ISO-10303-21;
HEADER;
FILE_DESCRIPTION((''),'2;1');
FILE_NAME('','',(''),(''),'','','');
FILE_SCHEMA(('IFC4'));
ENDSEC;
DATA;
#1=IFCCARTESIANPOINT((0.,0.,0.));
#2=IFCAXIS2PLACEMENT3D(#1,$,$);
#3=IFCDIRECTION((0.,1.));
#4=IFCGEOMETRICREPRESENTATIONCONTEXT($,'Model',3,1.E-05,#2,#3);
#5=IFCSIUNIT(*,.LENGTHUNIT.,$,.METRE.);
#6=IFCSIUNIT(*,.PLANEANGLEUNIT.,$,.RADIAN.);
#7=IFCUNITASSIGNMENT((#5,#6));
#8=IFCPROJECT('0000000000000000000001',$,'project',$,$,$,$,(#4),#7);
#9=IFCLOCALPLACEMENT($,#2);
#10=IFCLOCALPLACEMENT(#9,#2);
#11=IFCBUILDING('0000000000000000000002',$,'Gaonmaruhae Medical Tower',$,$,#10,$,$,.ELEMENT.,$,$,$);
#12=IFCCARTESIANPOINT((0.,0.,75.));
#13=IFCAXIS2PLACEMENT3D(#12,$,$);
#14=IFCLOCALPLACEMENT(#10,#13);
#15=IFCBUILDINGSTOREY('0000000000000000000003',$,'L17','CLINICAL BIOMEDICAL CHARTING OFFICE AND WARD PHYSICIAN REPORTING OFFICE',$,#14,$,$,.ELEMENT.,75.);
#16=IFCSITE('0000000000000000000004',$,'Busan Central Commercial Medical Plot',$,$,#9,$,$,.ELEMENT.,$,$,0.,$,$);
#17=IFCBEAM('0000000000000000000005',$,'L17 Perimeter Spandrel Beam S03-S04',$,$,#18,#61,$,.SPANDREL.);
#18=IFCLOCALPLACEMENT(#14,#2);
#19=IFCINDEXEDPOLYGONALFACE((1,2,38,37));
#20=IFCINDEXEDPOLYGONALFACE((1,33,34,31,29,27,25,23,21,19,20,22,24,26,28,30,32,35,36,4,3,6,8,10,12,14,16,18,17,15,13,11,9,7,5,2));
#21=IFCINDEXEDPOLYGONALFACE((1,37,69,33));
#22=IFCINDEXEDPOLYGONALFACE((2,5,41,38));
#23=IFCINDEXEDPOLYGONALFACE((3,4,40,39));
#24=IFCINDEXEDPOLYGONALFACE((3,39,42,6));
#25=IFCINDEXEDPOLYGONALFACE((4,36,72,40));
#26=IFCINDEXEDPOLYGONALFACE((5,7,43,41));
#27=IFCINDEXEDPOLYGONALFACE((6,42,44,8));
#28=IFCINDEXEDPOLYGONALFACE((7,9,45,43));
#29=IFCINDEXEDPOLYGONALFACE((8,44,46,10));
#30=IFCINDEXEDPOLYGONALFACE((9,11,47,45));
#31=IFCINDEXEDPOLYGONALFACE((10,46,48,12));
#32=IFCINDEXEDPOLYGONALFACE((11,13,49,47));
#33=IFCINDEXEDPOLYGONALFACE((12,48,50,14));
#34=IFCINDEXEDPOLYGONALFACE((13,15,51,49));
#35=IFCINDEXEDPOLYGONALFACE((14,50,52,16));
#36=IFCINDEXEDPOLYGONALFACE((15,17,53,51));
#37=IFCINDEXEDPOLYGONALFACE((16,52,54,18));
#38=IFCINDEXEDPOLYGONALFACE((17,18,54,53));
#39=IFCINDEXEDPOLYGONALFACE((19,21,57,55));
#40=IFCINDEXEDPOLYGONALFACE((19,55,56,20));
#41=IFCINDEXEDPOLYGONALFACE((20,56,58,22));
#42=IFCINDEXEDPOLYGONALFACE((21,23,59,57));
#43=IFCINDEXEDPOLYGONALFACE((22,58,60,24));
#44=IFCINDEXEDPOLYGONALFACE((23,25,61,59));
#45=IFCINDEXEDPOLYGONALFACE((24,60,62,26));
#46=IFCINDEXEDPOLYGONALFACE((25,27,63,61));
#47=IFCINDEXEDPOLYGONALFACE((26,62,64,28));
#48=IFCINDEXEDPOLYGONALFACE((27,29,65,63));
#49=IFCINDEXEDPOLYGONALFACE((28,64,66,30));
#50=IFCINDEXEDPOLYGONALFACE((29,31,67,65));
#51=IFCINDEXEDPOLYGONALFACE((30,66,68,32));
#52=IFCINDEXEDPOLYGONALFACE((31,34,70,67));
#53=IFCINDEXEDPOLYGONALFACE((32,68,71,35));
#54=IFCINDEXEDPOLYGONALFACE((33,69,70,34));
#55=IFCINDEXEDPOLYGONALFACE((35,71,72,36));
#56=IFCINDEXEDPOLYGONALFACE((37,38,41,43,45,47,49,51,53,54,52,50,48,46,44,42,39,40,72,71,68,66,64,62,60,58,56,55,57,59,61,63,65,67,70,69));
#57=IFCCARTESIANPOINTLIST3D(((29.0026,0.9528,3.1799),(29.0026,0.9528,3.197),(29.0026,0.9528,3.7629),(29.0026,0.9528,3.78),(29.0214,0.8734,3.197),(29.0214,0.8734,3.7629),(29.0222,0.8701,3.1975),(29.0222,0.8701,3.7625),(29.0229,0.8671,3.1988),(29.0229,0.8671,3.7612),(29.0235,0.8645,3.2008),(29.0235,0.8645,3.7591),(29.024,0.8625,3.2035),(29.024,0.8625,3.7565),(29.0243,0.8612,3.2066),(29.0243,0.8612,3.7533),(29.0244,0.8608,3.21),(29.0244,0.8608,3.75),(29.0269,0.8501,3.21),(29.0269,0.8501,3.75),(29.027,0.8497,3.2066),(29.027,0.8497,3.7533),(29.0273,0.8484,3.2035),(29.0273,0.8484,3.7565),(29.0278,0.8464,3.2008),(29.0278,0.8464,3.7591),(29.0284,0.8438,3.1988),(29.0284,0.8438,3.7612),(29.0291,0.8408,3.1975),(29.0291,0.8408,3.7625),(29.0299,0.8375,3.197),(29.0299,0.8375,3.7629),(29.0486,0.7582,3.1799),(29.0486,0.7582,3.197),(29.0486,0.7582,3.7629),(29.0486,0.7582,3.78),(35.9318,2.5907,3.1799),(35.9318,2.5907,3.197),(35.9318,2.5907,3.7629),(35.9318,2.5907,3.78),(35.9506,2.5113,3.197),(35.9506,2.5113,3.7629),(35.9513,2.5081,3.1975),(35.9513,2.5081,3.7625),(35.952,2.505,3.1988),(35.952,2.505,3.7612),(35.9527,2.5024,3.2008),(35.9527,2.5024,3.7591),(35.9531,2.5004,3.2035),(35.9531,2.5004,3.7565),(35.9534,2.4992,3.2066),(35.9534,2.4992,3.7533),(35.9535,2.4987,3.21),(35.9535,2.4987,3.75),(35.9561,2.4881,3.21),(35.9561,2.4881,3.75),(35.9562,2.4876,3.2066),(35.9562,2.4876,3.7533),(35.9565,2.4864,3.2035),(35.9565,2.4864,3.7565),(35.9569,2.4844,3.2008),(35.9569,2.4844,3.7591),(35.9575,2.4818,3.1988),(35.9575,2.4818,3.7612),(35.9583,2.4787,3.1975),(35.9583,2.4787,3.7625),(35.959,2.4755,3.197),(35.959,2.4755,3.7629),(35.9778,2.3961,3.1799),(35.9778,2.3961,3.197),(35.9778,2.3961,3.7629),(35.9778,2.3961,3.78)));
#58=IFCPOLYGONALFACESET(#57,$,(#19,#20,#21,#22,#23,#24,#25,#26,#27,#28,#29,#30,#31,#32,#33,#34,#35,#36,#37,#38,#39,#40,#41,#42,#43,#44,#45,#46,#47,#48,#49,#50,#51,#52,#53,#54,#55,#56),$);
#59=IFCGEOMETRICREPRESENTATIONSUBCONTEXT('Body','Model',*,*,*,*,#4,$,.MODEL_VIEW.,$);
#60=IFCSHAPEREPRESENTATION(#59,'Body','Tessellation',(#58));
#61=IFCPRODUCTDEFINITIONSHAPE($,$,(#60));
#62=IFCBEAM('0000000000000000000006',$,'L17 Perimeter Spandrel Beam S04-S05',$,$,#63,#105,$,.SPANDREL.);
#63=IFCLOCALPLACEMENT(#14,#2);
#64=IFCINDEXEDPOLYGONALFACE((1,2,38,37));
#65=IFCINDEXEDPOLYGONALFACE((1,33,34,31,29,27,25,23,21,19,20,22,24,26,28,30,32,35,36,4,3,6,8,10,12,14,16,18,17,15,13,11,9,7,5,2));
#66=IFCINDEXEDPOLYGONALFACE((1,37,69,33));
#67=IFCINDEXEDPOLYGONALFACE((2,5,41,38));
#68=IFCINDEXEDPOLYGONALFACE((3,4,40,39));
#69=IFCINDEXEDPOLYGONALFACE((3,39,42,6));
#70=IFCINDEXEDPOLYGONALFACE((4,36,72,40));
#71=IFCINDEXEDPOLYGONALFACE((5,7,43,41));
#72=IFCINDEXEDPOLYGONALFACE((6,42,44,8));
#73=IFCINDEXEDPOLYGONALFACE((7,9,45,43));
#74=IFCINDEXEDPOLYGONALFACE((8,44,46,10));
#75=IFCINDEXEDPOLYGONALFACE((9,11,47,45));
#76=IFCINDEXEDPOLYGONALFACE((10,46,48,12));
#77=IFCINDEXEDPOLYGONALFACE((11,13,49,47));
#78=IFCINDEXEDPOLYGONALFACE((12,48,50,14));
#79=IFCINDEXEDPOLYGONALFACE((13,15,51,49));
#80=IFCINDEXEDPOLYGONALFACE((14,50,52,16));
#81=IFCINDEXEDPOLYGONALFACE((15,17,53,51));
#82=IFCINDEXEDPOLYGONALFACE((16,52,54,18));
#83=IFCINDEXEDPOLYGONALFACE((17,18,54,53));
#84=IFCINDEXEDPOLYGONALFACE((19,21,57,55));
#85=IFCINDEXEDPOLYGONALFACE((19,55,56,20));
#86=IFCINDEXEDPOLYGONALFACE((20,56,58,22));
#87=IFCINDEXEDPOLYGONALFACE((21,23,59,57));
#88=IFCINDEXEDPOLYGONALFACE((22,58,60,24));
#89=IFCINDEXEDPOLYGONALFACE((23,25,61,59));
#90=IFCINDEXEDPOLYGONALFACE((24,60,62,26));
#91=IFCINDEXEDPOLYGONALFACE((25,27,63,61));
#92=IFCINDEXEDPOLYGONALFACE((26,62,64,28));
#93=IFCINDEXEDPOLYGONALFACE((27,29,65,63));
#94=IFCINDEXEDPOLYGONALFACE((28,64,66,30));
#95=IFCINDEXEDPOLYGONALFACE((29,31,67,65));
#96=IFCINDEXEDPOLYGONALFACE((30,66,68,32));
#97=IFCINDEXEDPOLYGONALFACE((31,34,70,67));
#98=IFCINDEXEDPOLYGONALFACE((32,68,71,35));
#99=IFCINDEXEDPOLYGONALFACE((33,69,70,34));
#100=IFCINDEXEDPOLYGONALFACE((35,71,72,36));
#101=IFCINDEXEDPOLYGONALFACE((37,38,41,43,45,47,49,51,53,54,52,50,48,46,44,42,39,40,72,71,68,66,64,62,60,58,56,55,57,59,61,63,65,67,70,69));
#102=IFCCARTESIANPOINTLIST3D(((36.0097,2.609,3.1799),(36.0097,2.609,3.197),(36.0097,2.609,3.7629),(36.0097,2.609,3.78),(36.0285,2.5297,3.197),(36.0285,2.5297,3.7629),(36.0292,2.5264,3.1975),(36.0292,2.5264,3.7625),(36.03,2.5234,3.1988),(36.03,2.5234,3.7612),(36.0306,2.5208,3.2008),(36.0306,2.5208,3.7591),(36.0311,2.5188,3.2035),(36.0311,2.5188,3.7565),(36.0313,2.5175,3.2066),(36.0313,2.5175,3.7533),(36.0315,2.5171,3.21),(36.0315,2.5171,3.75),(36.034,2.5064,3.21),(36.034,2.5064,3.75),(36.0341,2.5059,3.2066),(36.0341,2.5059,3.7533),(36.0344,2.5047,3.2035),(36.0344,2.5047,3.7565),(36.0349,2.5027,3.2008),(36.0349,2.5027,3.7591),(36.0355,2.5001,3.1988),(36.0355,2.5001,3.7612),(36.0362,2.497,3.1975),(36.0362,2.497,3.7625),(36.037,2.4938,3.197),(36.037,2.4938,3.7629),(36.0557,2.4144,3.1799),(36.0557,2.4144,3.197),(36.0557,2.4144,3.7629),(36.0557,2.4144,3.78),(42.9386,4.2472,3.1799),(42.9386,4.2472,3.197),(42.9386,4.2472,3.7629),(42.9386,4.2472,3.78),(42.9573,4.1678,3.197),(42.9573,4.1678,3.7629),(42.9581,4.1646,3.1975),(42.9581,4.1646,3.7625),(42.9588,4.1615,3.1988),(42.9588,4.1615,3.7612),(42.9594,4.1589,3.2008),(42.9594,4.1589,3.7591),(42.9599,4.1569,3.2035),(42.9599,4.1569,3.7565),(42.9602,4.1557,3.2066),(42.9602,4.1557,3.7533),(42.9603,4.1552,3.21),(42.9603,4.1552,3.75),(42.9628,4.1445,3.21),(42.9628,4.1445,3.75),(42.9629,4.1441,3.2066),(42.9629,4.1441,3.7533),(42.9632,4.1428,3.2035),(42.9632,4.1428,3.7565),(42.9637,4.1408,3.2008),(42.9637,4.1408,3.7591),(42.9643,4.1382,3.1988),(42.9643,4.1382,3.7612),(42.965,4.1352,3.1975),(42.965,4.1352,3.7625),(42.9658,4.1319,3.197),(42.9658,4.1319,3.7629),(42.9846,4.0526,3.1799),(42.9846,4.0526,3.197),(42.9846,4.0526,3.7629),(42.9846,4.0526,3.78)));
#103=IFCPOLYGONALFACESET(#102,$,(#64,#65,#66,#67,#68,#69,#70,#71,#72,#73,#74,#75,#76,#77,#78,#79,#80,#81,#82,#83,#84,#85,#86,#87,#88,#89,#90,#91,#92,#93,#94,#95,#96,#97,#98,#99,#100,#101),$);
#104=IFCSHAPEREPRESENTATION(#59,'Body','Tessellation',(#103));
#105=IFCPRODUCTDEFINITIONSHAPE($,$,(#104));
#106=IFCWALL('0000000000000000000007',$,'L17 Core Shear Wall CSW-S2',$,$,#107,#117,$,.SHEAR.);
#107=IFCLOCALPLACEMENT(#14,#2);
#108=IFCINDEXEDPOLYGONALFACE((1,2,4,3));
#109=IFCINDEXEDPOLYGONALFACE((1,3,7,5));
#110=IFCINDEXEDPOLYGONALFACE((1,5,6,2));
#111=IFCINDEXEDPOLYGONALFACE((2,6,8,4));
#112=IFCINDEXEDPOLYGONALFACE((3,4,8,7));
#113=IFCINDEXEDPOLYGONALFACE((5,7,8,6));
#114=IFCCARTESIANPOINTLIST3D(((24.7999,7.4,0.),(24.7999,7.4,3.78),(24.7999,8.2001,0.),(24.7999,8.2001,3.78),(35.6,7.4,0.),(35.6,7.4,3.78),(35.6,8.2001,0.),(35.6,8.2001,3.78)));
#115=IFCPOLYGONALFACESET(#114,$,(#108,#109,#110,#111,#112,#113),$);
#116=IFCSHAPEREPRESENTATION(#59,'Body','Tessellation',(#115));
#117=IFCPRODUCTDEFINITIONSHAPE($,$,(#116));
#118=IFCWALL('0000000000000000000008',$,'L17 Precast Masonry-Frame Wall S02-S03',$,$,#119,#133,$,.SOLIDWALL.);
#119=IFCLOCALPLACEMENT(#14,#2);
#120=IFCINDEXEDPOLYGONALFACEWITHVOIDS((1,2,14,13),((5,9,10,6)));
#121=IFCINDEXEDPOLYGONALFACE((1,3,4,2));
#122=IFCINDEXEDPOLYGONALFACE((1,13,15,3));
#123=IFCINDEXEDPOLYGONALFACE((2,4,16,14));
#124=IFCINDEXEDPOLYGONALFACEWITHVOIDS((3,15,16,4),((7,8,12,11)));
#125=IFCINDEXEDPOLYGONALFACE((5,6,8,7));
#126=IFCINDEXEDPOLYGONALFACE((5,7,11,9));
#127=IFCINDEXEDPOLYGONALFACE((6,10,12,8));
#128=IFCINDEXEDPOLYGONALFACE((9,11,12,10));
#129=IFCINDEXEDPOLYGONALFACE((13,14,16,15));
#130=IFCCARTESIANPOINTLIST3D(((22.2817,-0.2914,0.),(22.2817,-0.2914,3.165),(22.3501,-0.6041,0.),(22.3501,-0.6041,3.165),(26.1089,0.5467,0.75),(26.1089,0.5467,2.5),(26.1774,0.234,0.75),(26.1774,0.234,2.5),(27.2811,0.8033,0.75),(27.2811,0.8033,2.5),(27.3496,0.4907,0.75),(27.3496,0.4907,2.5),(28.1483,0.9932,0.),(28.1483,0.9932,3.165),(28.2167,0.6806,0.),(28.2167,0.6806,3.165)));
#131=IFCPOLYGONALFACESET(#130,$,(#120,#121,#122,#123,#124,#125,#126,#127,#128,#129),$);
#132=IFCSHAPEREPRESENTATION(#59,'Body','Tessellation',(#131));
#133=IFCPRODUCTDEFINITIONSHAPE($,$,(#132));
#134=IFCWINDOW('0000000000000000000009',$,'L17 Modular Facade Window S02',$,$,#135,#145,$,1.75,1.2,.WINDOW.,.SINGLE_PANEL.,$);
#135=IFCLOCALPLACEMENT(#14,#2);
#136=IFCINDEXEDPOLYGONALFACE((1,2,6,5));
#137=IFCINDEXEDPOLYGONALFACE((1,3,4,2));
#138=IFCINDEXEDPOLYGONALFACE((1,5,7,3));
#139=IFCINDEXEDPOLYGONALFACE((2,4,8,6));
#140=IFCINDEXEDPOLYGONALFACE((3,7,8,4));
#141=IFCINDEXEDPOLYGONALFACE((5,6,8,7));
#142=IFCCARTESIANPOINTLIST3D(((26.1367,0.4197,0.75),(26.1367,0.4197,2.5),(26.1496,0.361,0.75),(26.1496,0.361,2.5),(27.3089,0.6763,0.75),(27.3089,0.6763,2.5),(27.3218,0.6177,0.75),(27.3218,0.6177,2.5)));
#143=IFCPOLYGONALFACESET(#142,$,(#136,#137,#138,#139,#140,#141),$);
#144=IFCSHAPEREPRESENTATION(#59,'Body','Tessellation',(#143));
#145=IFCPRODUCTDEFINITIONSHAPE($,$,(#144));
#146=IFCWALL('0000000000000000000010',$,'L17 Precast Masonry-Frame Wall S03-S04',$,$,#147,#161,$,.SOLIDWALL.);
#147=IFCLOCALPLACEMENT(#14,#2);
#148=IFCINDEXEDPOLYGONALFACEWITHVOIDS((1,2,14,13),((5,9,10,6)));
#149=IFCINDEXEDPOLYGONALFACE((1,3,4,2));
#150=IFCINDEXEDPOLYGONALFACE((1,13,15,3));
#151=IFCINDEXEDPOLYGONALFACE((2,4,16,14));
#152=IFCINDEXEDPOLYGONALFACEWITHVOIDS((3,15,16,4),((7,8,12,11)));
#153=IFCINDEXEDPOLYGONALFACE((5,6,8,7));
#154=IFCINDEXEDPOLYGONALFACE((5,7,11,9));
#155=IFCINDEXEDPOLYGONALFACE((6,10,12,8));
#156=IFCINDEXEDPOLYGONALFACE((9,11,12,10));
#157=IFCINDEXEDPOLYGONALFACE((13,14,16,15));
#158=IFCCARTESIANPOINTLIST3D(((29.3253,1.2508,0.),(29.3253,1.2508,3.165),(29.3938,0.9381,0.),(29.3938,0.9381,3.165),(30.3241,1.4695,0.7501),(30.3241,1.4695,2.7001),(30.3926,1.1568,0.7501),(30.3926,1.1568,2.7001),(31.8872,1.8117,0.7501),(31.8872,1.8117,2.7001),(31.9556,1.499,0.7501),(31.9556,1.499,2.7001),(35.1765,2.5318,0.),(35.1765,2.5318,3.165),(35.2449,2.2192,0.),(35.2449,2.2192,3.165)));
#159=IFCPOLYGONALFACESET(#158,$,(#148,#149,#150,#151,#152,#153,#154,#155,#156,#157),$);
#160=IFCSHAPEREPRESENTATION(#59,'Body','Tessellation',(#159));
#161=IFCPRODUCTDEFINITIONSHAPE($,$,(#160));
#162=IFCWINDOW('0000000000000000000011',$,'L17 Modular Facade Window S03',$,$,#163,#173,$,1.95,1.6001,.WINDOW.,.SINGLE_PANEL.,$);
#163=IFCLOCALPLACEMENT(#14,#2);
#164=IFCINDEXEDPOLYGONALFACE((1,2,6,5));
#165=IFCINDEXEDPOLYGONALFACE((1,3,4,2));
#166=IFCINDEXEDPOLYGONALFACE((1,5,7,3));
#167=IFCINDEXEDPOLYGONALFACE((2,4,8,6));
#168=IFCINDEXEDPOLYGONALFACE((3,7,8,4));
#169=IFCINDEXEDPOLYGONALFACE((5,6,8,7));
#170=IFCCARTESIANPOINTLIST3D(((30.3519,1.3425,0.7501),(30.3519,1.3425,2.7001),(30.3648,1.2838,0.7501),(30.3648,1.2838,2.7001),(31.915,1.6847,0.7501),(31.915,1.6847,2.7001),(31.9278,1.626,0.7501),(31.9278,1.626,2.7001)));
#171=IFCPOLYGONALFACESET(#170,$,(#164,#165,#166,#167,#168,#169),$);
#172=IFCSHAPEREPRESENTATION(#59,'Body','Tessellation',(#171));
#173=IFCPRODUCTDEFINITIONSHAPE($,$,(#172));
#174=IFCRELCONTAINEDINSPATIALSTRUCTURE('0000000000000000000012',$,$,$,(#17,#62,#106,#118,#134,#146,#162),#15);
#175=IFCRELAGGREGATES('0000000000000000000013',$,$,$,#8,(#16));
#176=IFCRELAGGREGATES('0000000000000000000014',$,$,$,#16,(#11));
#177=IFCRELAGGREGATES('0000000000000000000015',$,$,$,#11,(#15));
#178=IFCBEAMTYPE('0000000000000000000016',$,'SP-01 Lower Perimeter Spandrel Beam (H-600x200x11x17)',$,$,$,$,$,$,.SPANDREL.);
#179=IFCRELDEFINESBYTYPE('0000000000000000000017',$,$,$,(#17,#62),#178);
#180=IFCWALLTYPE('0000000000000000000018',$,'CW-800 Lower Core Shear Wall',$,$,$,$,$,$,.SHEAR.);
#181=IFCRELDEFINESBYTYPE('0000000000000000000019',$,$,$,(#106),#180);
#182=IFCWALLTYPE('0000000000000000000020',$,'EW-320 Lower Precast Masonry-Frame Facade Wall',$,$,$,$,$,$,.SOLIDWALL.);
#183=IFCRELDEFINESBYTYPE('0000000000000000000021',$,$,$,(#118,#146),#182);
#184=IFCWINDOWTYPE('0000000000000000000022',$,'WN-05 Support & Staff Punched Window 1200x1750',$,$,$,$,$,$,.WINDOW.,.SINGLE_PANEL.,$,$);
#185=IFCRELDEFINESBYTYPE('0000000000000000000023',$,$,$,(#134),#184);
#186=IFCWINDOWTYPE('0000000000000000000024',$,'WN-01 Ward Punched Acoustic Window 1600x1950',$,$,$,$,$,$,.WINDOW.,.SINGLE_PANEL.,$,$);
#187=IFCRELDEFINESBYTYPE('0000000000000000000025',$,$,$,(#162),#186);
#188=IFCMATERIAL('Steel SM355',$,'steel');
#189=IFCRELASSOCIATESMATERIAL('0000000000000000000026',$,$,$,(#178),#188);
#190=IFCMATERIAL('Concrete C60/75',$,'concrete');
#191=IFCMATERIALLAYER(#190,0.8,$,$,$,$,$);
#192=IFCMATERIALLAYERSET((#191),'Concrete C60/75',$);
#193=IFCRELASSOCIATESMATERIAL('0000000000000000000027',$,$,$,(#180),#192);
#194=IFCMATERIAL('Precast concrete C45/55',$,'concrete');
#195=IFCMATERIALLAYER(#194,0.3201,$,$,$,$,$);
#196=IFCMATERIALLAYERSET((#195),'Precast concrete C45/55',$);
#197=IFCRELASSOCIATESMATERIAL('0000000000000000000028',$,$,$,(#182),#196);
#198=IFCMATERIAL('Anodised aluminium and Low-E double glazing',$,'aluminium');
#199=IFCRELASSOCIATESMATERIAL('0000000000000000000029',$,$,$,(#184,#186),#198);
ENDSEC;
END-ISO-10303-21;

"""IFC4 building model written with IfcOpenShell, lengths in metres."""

from ifc_helpers import new_model, si_unit, direction, frame, frame_2d, origin, origin_2d, place, context, subcontext, project, spatial, rectangle, i_section, extrude, material, layer, layer_set, material_profile, profile_set, type_object, element, fill, save


model = new_model("IFC4")

# Units and contexts
model_context = context("Model", 3, precision=1e-05, world=origin(), true_north=direction((0.0, 1.0)))
body_context = subcontext(model_context, "Body", "Model", "MODEL_VIEW")
ifc_project = project(units=[si_unit("LENGTHUNIT", "METRE"), si_unit("PLANEANGLEUNIT", "RADIAN")], contexts=[model_context])

# Site, building, storey
site_placement = place(None, origin())
site = spatial("IfcSite", under=ifc_project, at=site_placement, Name="Busan Central Commercial Medical Plot", CompositionType="ELEMENT", RefElevation=0.0)
building_placement = place(site_placement, origin())
building = spatial("IfcBuilding", under=site, at=building_placement, Name="Gaonmaruhae Medical Tower", CompositionType="ELEMENT")
storey_placement = place(building_placement, frame((0.0, 0.0, 75.0)))
storey = spatial("IfcBuildingStorey", under=building, at=storey_placement, Name="L17", Description="CLINICAL BIOMEDICAL CHARTING OFFICE AND WARD PHYSICIAN REPORTING OFFICE", CompositionType="ELEMENT", Elevation=75.0)

# Shared definitions
ifc_material_1 = material(Name="Concrete C60/75", Category="concrete")

# Beams
ifc_material_2 = material(Name="Steel SM355", Category="steel")
ifc_material_profile_1 = material_profile(ifc_material_2, i_section(OverallWidth=0.2, OverallDepth=0.6001, WebThickness=0.011, FlangeThickness=0.0171, FilletRadius=0.0129, at=origin_2d()), Name="H-600x200x11x17")
ifc_profile_set_1 = profile_set([ifc_material_profile_1], Name="Steel SM355")
beam_type_1 = type_object("IfcBeamType", Name="SP-01 Lower Perimeter Spandrel Beam (H-600x200x11x17)", PredefinedType="SPANDREL", material=ifc_profile_set_1)
beam_1_placement = place(storey_placement, frame((29.0256, 0.8555, 3.48), z_axis=(0.973181, 0.230043, 0.0), x_axis=(-0.230043, 0.973181, 0.0)))
element("IfcBeam", 1, at=beam_1_placement, inside=storey, type_object=beam_type_1, Name="L17 Perimeter Spandrel Beam S03-S04", PredefinedType="SPANDREL", context=body_context, shape_type="SweptSolid", body=[
    extrude(i_section(OverallWidth=0.2, OverallDepth=0.6001, WebThickness=0.011, FlangeThickness=0.0171, FilletRadius=0.0129, at=origin_2d()), origin(), (0.0, 0.0, 1.0), 7.1201),
])
beam_2_placement = place(storey_placement, frame((36.0327, 2.5117, 3.48), z_axis=(0.973171, 0.230083, 0.0), x_axis=(-0.230083, 0.973171, 0.0)))
element("IfcBeam", 2, at=beam_2_placement, inside=storey, type_object=beam_type_1, Name="L17 Perimeter Spandrel Beam S04-S05", PredefinedType="SPANDREL", context=body_context, shape_type="SweptSolid", body=[
    extrude(i_section(OverallWidth=0.2, OverallDepth=0.6001, WebThickness=0.011, FlangeThickness=0.0171, FilletRadius=0.0129, at=origin_2d()), origin(), (0.0, 0.0, 1.0), 7.1199),
])

# Wall
ifc_layer_1 = layer(ifc_material_1, 0.8)
ifc_layer_set_1 = layer_set([ifc_layer_1], Name="Concrete C60/75")
wall_type_1 = type_object("IfcWallType", Name="CW-800 Lower Core Shear Wall", PredefinedType="SHEAR", material=ifc_layer_set_1)
wall_1_placement = place(storey_placement, frame((24.8, 7.8, 0.0), z_axis=(0.0, 0.0, 1.0), x_axis=(1.0, 0.0, 0.0)))
element("IfcWall", 3, at=wall_1_placement, inside=storey, type_object=wall_type_1, Name="L17 Core Shear Wall CSW-S2", PredefinedType="SHEAR", context=body_context, shape_type="SweptSolid", body=[
    extrude(rectangle(XDim=10.8, YDim=0.8, at=frame_2d((5.3999, 0.0))), origin(), (0.0, 0.0, 1.0), 3.78),
])

# Walls, openings, windows
ifc_material_3 = material(Name="Precast concrete C45/55", Category="concrete")
ifc_layer_2 = layer(ifc_material_3, 0.3201)
ifc_layer_set_2 = layer_set([ifc_layer_2], Name="Precast concrete C45/55")
wall_type_2 = type_object("IfcWallType", Name="EW-320 Lower Precast Masonry-Frame Facade Wall", PredefinedType="SOLIDWALL", material=ifc_layer_set_2)
wall_2_placement = place(storey_placement, frame((28.1826, 0.8369, 0.0), z_axis=(0.0, 0.0, 1.0), x_axis=(-0.976854, -0.213908, 0.0)))
wall_2 = element("IfcWall", 4, at=wall_2_placement, inside=storey, type_object=wall_type_2, Name="L17 Precast Masonry-Frame Wall S02-S03", PredefinedType="SOLIDWALL", context=body_context, shape_type="SweptSolid", body=[
    extrude(rectangle(XDim=6.0056, YDim=0.3201, at=frame_2d((3.0029, 0.0))), origin(), (0.0, 0.0, 1.0), 3.165),
])
opening_1_placement = place(wall_2_placement, frame((0.8877, 0.0, 0.75)))
opening_1 = element("IfcOpeningElement", 5, at=opening_1_placement, cuts=wall_2, PredefinedType="OPENING", context=body_context, shape_type="SweptSolid", body=[
    extrude(rectangle(XDim=1.2, YDim=1.75, at=frame_2d((0.6001, 0.875))), frame((0.0, 0.1699, 0.0), z_axis=(0.0, -1.0, 0.0), x_axis=(1.0, 0.0, 0.0)), (0.0, 0.0, 1.0), 0.3401),
])
ifc_material_4 = material(Name="Anodised aluminium and Low-E double glazing", Category="aluminium")
window_type_1 = type_object("IfcWindowType", Name="WN-05 Support & Staff Punched Window 1200x1750", PartitioningType="SINGLE_PANEL", PredefinedType="WINDOW", material=ifc_material_4)
window_1_placement = place(opening_1_placement, origin())
window_1 = element("IfcWindow", 6, at=window_1_placement, inside=storey, type_object=window_type_1, Name="L17 Modular Facade Window S02", OverallHeight=1.75, OverallWidth=1.2, PartitioningType="SINGLE_PANEL", PredefinedType="WINDOW", context=body_context, shape_type="SweptSolid", body=[
    extrude(rectangle(XDim=1.2, YDim=1.75, at=frame_2d((0.6001, 0.875))), frame((0.0, 0.03, 0.0), z_axis=(0.0, -1.0, 0.0), x_axis=(1.0, 0.0, 0.0)), (0.0, 0.0, 1.0), 0.0601),
])
fill(opening_1, window_1)
wall_3_placement = place(storey_placement, frame((35.2107, 2.3755, 0.0), z_axis=(0.0, 0.0, 1.0), x_axis=(-0.976862, -0.213869, 0.0)))
wall_3 = element("IfcWall", 7, at=wall_3_placement, inside=storey, type_object=wall_type_2, Name="L17 Precast Masonry-Frame Wall S03-S04", PredefinedType="SOLIDWALL", context=body_context, shape_type="SweptSolid", body=[
    extrude(rectangle(XDim=5.9897, YDim=0.3201, at=frame_2d((2.9949, 0.0))), origin(), (0.0, 0.0, 1.0), 3.165),
])
opening_2_placement = place(wall_3_placement, frame((3.3672, 0.0, 0.75)))
opening_2 = element("IfcOpeningElement", 8, at=opening_2_placement, cuts=wall_3, PredefinedType="OPENING", context=body_context, shape_type="SweptSolid", body=[
    extrude(rectangle(XDim=1.6001, YDim=1.95, at=frame_2d((0.8, 0.9751))), frame((0.0, 0.1699, 0.0), z_axis=(0.0, -1.0, 0.0), x_axis=(1.0, 0.0, 0.0)), (0.0, 0.0, 1.0), 0.3401),
])
window_type_2 = type_object("IfcWindowType", Name="WN-01 Ward Punched Acoustic Window 1600x1950", PartitioningType="SINGLE_PANEL", PredefinedType="WINDOW", material=ifc_material_4)
window_2_placement = place(opening_2_placement, origin())
window_2 = element("IfcWindow", 9, at=window_2_placement, inside=storey, type_object=window_type_2, Name="L17 Modular Facade Window S03", OverallHeight=1.95, OverallWidth=1.6001, PartitioningType="SINGLE_PANEL", PredefinedType="WINDOW", context=body_context, shape_type="SweptSolid", body=[
    extrude(rectangle(XDim=1.6001, YDim=1.95, at=frame_2d((0.8, 0.9751))), frame((0.0, 0.03, 0.0), z_axis=(0.0, -1.0, 0.0), x_axis=(1.0, 0.0, 0.0)), (0.0, 0.0, 1.0), 0.0601),
])
fill(opening_2, window_2)

save(model, "model.ifc")
